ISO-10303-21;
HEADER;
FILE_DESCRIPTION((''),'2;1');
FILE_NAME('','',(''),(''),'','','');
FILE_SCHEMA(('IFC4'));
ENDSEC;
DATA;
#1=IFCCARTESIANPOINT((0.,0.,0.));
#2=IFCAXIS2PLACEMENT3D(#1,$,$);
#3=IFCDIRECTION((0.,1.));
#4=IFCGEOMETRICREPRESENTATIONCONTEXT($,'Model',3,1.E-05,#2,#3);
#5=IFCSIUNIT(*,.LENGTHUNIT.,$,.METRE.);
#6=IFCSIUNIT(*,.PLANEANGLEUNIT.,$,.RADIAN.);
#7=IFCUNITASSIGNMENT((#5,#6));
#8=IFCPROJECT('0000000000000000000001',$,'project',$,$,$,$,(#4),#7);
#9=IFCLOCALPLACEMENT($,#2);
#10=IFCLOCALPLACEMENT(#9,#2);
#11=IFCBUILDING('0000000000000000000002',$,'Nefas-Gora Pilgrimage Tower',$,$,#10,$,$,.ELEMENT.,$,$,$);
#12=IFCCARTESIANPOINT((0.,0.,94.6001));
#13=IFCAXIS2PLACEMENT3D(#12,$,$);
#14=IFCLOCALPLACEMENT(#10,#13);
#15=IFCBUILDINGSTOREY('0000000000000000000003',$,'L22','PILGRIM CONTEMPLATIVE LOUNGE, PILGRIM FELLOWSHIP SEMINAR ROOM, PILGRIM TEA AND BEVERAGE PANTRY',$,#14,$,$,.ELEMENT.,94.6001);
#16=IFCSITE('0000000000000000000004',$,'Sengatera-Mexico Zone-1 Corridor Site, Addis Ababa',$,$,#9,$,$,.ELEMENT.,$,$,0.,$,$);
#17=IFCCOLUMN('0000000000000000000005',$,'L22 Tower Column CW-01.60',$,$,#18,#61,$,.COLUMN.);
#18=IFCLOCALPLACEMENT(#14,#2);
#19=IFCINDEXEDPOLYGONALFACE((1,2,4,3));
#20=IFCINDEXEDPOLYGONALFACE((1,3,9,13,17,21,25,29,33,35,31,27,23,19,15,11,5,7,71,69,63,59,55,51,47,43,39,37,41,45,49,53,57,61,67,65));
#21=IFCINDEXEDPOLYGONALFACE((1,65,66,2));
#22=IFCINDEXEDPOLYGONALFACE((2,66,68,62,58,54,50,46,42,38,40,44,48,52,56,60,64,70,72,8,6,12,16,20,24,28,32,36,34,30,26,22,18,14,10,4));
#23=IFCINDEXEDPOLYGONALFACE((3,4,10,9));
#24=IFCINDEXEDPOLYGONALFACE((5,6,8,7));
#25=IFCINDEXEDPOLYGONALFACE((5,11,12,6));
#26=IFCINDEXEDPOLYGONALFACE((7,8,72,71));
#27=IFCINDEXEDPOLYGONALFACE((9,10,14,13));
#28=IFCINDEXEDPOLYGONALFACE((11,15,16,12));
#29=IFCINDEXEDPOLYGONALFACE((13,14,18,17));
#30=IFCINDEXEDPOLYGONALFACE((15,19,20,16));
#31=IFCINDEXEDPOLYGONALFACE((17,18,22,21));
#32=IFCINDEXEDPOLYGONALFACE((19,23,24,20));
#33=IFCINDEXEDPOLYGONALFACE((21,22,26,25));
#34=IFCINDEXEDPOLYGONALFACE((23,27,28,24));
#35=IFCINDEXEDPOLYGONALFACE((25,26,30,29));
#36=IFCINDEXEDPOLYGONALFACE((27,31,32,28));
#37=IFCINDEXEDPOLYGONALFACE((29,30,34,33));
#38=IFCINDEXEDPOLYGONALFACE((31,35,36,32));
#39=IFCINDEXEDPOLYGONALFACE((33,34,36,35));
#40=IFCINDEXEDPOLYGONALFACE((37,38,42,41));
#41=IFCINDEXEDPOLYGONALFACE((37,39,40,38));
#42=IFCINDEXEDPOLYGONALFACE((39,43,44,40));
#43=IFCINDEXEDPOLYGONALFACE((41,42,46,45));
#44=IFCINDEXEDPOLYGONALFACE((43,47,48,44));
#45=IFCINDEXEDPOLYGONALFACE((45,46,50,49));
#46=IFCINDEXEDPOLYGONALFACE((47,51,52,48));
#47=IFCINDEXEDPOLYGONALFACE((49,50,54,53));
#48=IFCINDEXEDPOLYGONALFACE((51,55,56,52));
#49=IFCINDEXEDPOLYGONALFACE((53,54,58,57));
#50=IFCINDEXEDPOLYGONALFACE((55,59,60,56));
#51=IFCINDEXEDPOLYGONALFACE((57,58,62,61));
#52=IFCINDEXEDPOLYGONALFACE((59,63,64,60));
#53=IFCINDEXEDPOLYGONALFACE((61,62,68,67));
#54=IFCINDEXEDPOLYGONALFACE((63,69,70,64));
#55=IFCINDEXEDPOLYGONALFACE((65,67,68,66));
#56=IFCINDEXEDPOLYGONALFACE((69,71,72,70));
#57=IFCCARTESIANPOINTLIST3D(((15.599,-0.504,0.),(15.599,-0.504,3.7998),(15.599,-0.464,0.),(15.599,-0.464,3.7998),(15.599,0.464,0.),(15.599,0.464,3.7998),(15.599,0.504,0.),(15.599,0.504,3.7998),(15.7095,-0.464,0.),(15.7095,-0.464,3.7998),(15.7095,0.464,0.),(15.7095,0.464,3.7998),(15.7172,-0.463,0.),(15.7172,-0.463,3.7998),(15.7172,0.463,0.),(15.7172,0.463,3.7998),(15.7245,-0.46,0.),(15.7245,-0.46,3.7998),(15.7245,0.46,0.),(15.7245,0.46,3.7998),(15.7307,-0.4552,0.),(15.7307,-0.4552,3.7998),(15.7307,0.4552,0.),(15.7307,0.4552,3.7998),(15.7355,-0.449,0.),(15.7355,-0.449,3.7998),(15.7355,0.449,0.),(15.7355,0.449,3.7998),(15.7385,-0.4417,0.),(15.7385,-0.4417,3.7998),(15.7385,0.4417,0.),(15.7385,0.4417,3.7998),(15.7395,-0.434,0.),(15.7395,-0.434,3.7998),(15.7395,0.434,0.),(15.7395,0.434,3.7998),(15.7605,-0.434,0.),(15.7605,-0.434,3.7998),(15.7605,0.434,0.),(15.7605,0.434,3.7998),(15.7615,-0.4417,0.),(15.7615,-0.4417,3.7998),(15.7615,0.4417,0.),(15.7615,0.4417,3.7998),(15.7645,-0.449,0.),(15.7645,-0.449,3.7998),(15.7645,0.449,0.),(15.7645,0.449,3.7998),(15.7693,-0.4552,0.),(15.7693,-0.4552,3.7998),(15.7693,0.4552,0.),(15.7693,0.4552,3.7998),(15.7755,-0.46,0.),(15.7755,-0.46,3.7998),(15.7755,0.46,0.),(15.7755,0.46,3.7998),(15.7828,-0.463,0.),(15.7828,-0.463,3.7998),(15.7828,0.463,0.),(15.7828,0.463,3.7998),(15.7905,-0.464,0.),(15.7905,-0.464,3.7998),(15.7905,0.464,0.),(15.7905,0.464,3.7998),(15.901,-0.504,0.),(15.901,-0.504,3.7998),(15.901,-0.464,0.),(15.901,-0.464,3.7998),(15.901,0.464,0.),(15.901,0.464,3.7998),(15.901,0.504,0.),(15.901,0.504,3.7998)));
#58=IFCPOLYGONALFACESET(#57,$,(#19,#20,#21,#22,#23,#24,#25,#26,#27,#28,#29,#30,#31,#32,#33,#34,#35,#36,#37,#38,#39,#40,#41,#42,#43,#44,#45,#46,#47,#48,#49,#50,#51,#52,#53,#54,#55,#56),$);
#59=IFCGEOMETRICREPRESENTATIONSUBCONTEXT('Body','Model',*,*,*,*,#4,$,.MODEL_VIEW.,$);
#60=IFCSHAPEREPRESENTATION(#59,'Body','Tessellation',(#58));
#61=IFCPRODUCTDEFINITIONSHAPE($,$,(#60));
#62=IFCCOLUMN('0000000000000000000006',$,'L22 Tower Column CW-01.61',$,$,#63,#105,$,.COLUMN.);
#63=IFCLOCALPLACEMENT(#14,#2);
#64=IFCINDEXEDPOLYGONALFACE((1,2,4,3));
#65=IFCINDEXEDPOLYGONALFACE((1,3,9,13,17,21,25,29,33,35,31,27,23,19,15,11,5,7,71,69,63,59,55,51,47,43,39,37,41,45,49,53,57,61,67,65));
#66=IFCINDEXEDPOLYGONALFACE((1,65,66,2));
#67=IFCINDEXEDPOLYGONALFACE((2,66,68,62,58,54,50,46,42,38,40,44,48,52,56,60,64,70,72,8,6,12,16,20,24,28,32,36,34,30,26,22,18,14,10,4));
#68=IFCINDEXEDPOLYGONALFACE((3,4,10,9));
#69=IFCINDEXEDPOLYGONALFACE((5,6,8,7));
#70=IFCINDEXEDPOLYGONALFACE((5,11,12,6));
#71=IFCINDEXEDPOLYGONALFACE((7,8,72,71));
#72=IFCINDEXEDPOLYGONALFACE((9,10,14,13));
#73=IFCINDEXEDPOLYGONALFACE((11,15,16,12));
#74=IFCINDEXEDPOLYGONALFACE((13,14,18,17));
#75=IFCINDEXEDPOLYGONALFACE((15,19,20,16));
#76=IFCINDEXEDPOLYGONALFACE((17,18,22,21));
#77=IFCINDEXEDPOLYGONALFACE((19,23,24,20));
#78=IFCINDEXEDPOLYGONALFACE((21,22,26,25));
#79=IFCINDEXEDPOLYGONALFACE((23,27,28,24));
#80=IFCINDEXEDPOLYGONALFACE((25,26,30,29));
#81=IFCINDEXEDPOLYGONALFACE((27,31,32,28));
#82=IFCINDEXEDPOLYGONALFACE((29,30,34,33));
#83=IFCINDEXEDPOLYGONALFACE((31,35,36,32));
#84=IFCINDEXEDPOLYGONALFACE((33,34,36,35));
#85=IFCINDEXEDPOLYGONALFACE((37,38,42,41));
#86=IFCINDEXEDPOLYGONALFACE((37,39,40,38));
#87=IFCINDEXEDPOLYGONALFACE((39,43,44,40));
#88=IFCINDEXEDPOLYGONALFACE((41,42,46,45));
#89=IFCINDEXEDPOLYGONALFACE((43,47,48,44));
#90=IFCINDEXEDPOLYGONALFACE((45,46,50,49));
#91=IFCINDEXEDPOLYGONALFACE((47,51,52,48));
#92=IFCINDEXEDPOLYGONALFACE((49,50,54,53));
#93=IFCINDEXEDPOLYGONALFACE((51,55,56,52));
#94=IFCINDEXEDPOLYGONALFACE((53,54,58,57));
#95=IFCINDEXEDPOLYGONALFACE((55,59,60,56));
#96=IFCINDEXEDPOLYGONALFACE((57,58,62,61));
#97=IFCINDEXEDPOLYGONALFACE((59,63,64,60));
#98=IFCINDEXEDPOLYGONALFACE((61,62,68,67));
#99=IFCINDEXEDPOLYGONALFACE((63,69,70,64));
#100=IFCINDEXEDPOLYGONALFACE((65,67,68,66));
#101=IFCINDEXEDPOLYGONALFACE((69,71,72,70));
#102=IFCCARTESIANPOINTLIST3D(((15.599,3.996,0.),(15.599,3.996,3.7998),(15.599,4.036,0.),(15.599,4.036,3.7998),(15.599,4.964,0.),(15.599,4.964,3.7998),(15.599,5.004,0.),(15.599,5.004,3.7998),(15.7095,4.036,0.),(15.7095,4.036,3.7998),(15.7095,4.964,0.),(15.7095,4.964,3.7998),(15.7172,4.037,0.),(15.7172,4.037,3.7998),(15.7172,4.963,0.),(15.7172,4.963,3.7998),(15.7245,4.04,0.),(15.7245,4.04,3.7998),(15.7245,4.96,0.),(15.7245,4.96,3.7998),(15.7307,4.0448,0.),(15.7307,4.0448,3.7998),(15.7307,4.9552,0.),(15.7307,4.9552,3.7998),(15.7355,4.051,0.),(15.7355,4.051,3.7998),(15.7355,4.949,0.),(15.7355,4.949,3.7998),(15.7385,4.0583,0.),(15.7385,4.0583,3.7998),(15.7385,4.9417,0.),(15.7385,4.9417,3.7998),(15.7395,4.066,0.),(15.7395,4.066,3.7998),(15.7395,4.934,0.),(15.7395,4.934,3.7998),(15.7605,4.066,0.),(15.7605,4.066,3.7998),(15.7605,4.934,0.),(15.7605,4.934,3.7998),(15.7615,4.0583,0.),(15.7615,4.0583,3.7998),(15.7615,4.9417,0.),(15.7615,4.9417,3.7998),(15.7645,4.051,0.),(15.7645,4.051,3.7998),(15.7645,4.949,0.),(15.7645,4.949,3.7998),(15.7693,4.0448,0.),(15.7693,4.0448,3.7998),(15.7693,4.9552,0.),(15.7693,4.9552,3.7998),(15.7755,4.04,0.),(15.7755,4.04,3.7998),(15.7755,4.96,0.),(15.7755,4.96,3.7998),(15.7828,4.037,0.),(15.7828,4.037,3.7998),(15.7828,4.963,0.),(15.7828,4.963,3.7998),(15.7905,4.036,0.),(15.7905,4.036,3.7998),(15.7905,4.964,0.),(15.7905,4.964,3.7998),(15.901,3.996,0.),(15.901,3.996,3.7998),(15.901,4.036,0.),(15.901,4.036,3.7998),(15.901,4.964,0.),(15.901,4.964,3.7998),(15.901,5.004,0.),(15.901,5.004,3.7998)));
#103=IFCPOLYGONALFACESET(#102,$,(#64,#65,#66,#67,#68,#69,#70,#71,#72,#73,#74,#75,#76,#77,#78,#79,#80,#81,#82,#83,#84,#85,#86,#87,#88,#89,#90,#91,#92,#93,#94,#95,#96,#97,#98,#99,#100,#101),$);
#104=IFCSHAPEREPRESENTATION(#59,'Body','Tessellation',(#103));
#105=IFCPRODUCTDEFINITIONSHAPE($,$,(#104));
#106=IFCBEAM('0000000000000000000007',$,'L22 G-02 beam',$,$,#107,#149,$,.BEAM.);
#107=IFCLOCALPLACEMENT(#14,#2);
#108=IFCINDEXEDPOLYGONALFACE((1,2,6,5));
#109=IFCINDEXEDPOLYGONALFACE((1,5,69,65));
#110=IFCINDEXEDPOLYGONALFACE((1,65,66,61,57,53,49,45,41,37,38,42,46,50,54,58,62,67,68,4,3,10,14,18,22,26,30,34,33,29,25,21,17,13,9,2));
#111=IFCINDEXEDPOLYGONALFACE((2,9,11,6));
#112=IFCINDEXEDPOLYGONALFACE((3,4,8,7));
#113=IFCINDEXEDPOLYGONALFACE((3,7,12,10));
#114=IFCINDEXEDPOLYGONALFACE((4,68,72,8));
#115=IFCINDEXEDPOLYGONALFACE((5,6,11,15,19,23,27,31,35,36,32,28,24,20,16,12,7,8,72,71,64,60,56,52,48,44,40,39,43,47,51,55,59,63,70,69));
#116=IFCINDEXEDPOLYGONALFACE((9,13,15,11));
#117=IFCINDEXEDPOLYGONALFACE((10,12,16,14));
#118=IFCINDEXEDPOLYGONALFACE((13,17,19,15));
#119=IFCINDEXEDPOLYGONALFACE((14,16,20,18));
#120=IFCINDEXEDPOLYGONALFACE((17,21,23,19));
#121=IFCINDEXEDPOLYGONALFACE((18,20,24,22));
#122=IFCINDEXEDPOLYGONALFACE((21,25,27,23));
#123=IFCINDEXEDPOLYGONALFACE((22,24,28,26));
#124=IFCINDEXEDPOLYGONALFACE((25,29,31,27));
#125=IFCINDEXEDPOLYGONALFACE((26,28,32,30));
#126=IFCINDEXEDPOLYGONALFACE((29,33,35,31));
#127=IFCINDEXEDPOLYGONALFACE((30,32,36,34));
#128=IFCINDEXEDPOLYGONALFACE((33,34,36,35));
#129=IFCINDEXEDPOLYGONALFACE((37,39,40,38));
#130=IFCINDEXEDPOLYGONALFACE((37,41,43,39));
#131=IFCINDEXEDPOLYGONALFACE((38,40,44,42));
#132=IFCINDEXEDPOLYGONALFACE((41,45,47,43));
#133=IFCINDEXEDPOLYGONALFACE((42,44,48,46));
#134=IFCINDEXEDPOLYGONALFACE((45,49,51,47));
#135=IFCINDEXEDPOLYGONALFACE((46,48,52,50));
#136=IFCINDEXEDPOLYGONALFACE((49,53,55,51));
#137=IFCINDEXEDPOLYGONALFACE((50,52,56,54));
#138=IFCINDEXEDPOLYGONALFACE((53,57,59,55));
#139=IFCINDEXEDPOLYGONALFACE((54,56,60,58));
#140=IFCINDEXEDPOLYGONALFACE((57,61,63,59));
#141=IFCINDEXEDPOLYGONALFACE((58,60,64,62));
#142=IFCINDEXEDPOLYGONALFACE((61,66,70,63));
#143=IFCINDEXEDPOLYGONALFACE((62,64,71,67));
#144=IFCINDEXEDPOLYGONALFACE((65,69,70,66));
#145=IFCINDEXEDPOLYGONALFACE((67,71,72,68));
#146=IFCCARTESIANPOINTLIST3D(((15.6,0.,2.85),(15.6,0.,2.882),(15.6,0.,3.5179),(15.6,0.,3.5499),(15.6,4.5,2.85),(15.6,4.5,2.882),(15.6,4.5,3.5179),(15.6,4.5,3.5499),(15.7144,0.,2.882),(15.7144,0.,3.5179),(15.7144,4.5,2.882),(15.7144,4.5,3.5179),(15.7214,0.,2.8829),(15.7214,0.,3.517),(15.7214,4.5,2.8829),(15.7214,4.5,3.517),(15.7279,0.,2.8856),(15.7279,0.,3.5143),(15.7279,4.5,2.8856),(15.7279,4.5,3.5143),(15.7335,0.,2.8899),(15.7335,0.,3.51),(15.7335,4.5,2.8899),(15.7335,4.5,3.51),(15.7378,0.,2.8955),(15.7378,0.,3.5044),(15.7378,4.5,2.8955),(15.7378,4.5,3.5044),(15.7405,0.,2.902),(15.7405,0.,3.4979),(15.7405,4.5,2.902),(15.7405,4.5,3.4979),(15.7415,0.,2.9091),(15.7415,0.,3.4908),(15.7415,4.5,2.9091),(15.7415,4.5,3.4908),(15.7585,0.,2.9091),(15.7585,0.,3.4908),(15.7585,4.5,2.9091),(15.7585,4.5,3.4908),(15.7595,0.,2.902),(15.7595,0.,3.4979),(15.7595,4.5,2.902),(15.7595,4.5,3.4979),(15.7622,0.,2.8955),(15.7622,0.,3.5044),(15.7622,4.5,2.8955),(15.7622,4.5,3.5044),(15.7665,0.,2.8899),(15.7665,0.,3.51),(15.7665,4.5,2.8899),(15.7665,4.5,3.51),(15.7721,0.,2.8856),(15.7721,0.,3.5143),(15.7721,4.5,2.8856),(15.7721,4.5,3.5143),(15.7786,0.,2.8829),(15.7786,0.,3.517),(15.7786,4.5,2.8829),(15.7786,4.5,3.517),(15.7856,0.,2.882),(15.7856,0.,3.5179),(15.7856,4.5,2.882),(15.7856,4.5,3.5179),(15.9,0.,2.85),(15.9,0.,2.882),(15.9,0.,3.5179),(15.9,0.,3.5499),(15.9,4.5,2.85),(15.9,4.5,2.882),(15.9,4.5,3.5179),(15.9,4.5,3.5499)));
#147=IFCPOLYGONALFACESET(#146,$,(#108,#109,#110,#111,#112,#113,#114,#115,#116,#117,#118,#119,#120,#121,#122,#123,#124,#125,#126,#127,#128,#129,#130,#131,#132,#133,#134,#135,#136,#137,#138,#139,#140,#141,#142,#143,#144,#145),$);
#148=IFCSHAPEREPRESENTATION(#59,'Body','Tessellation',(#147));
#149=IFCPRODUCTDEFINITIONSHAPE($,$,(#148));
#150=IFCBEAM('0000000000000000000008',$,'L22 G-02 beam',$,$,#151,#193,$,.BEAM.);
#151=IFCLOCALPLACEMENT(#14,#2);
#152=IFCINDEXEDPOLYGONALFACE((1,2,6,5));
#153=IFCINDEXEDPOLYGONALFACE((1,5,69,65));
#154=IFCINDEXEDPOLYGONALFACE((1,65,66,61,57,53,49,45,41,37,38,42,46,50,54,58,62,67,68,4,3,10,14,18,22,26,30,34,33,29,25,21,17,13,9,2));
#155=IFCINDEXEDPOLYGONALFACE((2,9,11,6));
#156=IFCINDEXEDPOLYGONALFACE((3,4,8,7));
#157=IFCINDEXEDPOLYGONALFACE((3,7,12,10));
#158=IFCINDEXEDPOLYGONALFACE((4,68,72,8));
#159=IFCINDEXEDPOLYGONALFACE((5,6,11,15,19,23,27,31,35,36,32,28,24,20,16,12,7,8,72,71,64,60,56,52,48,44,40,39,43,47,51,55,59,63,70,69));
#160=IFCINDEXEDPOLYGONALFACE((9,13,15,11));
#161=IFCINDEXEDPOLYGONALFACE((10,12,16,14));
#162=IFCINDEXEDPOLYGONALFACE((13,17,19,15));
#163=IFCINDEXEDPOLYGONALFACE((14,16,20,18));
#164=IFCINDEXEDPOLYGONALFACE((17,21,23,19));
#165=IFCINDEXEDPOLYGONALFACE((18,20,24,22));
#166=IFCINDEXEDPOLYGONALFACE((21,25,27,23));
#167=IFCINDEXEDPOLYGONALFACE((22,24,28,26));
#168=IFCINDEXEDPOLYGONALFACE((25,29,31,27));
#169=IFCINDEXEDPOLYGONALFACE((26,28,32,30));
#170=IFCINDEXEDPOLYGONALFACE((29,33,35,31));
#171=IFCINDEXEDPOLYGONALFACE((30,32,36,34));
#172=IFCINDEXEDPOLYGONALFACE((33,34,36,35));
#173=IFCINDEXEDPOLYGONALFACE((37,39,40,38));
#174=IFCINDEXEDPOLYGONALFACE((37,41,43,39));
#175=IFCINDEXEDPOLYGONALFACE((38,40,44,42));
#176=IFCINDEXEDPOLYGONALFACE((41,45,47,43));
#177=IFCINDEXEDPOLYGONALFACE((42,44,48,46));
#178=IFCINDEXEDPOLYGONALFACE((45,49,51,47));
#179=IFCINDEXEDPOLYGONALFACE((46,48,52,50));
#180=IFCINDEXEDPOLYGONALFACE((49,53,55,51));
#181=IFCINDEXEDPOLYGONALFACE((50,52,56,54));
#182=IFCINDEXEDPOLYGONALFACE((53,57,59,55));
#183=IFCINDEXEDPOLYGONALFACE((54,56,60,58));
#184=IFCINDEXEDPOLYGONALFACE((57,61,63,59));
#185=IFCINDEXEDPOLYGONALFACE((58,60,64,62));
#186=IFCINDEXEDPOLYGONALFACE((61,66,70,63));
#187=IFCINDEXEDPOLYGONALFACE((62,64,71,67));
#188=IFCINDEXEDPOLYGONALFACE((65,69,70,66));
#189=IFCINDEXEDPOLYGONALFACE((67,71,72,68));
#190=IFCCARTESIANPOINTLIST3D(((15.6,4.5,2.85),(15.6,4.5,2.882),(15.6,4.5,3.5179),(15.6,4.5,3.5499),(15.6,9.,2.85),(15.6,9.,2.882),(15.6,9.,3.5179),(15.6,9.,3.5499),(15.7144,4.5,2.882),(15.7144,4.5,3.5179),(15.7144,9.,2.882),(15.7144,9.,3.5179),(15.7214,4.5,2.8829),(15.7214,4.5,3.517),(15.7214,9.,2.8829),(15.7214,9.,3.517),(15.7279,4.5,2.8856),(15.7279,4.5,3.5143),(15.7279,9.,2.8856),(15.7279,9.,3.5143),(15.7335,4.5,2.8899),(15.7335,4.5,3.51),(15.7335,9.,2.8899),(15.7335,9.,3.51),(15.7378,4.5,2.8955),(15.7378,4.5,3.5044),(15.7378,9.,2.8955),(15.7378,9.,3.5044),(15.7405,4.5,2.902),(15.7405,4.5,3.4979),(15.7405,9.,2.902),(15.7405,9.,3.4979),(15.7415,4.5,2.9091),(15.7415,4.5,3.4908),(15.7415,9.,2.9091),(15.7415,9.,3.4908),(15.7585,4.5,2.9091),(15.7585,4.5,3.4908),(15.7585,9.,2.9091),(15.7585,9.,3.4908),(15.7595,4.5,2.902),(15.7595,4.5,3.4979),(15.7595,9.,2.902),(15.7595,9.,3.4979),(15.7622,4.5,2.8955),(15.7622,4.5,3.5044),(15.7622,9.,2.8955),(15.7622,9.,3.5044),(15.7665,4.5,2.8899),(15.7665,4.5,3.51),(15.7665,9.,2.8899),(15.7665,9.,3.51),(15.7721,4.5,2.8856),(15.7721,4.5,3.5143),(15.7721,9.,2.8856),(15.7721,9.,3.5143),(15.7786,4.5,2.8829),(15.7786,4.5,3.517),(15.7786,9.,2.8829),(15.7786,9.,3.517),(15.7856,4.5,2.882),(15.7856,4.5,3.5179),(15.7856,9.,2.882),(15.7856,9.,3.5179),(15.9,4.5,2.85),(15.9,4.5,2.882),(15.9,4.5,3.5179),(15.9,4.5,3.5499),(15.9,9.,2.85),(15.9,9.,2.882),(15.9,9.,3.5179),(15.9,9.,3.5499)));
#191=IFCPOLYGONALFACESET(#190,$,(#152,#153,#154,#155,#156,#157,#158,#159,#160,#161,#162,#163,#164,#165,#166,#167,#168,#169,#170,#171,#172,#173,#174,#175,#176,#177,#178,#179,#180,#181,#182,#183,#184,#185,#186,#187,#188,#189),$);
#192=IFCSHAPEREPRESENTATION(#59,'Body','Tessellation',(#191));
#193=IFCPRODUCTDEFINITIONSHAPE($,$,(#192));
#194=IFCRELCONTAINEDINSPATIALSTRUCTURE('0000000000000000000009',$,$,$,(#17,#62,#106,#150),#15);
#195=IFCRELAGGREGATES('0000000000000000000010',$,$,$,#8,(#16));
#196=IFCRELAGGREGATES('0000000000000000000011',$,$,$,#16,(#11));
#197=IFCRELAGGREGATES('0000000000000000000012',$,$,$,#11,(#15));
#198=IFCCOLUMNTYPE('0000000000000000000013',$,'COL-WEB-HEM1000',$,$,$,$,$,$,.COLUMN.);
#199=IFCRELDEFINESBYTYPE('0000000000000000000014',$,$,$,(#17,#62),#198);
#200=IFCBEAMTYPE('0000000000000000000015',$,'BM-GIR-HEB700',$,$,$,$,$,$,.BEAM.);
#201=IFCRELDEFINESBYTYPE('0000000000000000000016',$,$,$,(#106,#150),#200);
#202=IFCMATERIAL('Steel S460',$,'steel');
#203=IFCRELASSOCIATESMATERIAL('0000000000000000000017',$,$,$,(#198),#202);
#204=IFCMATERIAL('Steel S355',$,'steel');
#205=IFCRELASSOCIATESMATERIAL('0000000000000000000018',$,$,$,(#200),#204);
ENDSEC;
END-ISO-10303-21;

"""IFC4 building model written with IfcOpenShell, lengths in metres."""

from ifc_helpers import new_model, si_unit, direction, frame, origin, origin_2d, place, context, subcontext, project, spatial, i_section, extrude, source, transform, mapped, material, material_profile, profile_set, type_object, element, save


model = new_model("IFC4")

# Units and contexts
model_context = context("Model", 3, precision=1e-05, world=origin(), true_north=direction((0.0, 1.0)))
body_context = subcontext(model_context, "Body", "Model", "MODEL_VIEW")
ifc_project = project(units=[si_unit("LENGTHUNIT", "METRE"), si_unit("PLANEANGLEUNIT", "RADIAN")], contexts=[model_context])

# Site, building, storey
site_placement = place(None, origin())
site = spatial("IfcSite", under=ifc_project, at=site_placement, Name="Sengatera-Mexico Zone-1 Corridor Site, Addis Ababa", CompositionType="ELEMENT", RefElevation=0.0)
building_placement = place(site_placement, origin())
building = spatial("IfcBuilding", under=site, at=building_placement, Name="Nefas-Gora Pilgrimage Tower", CompositionType="ELEMENT")
storey_placement = place(building_placement, frame((0.0, 0.0, 94.6001)))
storey = spatial("IfcBuildingStorey", under=building, at=storey_placement, Name="L22", Description="PILGRIM CONTEMPLATIVE LOUNGE, PILGRIM FELLOWSHIP SEMINAR ROOM, PILGRIM TEA AND BEVERAGE PANTRY", CompositionType="ELEMENT", Elevation=94.6001)

# Columns
ifc_material_1 = material(Name="Steel S460", Category="steel")
ifc_material_profile_1 = material_profile(ifc_material_1, i_section(OverallWidth=0.302, OverallDepth=1.0081, WebThickness=0.021, FlangeThickness=0.04, FilletRadius=0.03, at=origin_2d()), Name="HEM 1000")
ifc_profile_set_1 = profile_set([ifc_material_profile_1], Name="Steel S460")
column_type = type_object("IfcColumnType", Name="COL-WEB-HEM1000", PredefinedType="COLUMN", material=ifc_profile_set_1)
shared_shape_1 = source(origin(), body_context, "Body", "SweptSolid", [
    extrude(i_section(OverallWidth=0.302, OverallDepth=1.0081, WebThickness=0.021, FlangeThickness=0.04, FilletRadius=0.03, at=origin_2d()), origin(), (0.0, 0.0, 1.0), 3.7998),
])
for number, where, z_axis, x_axis, name in (
    (1, (15.75, 0.0, 0.0), (0.0, 0.0, 1.0), (1.0, 0.0, 0.0), "L22 Tower Column CW-01.60"),
    (2, (15.75, 4.5, 0.0), (0.0, 0.0, 1.0), (1.0, 0.0, 0.0), "L22 Tower Column CW-01.61"),
):
    element("IfcColumn", number, at=place(storey_placement, frame(where, z_axis=z_axis, x_axis=x_axis)), inside=storey, type_object=column_type, Name=name, PredefinedType="COLUMN", context=body_context, shape_type="MappedRepresentation", body=[
        mapped(shared_shape_1, transform((0.0, 0.0, 0.0), x_axis=(1.0, 0.0, 0.0), y_axis=(0.0, 1.0, 0.0), z_axis=(0.0, 0.0, 1.0), scale=1.0)),
    ])

# Beams
ifc_material_2 = material(Name="Steel S355", Category="steel")
ifc_material_profile_2 = material_profile(ifc_material_2, i_section(OverallWidth=0.3, OverallDepth=0.7, WebThickness=0.0171, FlangeThickness=0.032, FilletRadius=0.0271, at=origin_2d()), Name="HEB 700")
ifc_profile_set_2 = profile_set([ifc_material_profile_2], Name="Steel S355")
beam_type = type_object("IfcBeamType", Name="BM-GIR-HEB700", PredefinedType="BEAM", material=ifc_profile_set_2)
shared_shape_2 = source(origin(), body_context, "Body", "SweptSolid", [
    extrude(i_section(OverallWidth=0.3, OverallDepth=0.7, WebThickness=0.0171, FlangeThickness=0.032, FilletRadius=0.0271, at=origin_2d()), origin(), (0.0, 0.0, 1.0), 4.5),
])
for number, where, z_axis, x_axis, name in (
    (3, (15.75, 0.0, 3.2), (0.0, 1.0, 0.0), (-1.0, 0.0, 0.0), "L22 G-02 beam"),
    (4, (15.75, 4.5, 3.2), (0.0, 1.0, 0.0), (-1.0, 0.0, 0.0), "L22 G-02 beam"),
):
    element("IfcBeam", number, at=place(storey_placement, frame(where, z_axis=z_axis, x_axis=x_axis)), inside=storey, type_object=beam_type, Name=name, PredefinedType="BEAM", context=body_context, shape_type="MappedRepresentation", body=[
        mapped(shared_shape_2, transform((0.0, 0.0, 0.0), x_axis=(1.0, 0.0, 0.0), y_axis=(0.0, 1.0, 0.0), z_axis=(0.0, 0.0, 1.0), scale=1.0)),
    ])

save(model, "model.ifc")
